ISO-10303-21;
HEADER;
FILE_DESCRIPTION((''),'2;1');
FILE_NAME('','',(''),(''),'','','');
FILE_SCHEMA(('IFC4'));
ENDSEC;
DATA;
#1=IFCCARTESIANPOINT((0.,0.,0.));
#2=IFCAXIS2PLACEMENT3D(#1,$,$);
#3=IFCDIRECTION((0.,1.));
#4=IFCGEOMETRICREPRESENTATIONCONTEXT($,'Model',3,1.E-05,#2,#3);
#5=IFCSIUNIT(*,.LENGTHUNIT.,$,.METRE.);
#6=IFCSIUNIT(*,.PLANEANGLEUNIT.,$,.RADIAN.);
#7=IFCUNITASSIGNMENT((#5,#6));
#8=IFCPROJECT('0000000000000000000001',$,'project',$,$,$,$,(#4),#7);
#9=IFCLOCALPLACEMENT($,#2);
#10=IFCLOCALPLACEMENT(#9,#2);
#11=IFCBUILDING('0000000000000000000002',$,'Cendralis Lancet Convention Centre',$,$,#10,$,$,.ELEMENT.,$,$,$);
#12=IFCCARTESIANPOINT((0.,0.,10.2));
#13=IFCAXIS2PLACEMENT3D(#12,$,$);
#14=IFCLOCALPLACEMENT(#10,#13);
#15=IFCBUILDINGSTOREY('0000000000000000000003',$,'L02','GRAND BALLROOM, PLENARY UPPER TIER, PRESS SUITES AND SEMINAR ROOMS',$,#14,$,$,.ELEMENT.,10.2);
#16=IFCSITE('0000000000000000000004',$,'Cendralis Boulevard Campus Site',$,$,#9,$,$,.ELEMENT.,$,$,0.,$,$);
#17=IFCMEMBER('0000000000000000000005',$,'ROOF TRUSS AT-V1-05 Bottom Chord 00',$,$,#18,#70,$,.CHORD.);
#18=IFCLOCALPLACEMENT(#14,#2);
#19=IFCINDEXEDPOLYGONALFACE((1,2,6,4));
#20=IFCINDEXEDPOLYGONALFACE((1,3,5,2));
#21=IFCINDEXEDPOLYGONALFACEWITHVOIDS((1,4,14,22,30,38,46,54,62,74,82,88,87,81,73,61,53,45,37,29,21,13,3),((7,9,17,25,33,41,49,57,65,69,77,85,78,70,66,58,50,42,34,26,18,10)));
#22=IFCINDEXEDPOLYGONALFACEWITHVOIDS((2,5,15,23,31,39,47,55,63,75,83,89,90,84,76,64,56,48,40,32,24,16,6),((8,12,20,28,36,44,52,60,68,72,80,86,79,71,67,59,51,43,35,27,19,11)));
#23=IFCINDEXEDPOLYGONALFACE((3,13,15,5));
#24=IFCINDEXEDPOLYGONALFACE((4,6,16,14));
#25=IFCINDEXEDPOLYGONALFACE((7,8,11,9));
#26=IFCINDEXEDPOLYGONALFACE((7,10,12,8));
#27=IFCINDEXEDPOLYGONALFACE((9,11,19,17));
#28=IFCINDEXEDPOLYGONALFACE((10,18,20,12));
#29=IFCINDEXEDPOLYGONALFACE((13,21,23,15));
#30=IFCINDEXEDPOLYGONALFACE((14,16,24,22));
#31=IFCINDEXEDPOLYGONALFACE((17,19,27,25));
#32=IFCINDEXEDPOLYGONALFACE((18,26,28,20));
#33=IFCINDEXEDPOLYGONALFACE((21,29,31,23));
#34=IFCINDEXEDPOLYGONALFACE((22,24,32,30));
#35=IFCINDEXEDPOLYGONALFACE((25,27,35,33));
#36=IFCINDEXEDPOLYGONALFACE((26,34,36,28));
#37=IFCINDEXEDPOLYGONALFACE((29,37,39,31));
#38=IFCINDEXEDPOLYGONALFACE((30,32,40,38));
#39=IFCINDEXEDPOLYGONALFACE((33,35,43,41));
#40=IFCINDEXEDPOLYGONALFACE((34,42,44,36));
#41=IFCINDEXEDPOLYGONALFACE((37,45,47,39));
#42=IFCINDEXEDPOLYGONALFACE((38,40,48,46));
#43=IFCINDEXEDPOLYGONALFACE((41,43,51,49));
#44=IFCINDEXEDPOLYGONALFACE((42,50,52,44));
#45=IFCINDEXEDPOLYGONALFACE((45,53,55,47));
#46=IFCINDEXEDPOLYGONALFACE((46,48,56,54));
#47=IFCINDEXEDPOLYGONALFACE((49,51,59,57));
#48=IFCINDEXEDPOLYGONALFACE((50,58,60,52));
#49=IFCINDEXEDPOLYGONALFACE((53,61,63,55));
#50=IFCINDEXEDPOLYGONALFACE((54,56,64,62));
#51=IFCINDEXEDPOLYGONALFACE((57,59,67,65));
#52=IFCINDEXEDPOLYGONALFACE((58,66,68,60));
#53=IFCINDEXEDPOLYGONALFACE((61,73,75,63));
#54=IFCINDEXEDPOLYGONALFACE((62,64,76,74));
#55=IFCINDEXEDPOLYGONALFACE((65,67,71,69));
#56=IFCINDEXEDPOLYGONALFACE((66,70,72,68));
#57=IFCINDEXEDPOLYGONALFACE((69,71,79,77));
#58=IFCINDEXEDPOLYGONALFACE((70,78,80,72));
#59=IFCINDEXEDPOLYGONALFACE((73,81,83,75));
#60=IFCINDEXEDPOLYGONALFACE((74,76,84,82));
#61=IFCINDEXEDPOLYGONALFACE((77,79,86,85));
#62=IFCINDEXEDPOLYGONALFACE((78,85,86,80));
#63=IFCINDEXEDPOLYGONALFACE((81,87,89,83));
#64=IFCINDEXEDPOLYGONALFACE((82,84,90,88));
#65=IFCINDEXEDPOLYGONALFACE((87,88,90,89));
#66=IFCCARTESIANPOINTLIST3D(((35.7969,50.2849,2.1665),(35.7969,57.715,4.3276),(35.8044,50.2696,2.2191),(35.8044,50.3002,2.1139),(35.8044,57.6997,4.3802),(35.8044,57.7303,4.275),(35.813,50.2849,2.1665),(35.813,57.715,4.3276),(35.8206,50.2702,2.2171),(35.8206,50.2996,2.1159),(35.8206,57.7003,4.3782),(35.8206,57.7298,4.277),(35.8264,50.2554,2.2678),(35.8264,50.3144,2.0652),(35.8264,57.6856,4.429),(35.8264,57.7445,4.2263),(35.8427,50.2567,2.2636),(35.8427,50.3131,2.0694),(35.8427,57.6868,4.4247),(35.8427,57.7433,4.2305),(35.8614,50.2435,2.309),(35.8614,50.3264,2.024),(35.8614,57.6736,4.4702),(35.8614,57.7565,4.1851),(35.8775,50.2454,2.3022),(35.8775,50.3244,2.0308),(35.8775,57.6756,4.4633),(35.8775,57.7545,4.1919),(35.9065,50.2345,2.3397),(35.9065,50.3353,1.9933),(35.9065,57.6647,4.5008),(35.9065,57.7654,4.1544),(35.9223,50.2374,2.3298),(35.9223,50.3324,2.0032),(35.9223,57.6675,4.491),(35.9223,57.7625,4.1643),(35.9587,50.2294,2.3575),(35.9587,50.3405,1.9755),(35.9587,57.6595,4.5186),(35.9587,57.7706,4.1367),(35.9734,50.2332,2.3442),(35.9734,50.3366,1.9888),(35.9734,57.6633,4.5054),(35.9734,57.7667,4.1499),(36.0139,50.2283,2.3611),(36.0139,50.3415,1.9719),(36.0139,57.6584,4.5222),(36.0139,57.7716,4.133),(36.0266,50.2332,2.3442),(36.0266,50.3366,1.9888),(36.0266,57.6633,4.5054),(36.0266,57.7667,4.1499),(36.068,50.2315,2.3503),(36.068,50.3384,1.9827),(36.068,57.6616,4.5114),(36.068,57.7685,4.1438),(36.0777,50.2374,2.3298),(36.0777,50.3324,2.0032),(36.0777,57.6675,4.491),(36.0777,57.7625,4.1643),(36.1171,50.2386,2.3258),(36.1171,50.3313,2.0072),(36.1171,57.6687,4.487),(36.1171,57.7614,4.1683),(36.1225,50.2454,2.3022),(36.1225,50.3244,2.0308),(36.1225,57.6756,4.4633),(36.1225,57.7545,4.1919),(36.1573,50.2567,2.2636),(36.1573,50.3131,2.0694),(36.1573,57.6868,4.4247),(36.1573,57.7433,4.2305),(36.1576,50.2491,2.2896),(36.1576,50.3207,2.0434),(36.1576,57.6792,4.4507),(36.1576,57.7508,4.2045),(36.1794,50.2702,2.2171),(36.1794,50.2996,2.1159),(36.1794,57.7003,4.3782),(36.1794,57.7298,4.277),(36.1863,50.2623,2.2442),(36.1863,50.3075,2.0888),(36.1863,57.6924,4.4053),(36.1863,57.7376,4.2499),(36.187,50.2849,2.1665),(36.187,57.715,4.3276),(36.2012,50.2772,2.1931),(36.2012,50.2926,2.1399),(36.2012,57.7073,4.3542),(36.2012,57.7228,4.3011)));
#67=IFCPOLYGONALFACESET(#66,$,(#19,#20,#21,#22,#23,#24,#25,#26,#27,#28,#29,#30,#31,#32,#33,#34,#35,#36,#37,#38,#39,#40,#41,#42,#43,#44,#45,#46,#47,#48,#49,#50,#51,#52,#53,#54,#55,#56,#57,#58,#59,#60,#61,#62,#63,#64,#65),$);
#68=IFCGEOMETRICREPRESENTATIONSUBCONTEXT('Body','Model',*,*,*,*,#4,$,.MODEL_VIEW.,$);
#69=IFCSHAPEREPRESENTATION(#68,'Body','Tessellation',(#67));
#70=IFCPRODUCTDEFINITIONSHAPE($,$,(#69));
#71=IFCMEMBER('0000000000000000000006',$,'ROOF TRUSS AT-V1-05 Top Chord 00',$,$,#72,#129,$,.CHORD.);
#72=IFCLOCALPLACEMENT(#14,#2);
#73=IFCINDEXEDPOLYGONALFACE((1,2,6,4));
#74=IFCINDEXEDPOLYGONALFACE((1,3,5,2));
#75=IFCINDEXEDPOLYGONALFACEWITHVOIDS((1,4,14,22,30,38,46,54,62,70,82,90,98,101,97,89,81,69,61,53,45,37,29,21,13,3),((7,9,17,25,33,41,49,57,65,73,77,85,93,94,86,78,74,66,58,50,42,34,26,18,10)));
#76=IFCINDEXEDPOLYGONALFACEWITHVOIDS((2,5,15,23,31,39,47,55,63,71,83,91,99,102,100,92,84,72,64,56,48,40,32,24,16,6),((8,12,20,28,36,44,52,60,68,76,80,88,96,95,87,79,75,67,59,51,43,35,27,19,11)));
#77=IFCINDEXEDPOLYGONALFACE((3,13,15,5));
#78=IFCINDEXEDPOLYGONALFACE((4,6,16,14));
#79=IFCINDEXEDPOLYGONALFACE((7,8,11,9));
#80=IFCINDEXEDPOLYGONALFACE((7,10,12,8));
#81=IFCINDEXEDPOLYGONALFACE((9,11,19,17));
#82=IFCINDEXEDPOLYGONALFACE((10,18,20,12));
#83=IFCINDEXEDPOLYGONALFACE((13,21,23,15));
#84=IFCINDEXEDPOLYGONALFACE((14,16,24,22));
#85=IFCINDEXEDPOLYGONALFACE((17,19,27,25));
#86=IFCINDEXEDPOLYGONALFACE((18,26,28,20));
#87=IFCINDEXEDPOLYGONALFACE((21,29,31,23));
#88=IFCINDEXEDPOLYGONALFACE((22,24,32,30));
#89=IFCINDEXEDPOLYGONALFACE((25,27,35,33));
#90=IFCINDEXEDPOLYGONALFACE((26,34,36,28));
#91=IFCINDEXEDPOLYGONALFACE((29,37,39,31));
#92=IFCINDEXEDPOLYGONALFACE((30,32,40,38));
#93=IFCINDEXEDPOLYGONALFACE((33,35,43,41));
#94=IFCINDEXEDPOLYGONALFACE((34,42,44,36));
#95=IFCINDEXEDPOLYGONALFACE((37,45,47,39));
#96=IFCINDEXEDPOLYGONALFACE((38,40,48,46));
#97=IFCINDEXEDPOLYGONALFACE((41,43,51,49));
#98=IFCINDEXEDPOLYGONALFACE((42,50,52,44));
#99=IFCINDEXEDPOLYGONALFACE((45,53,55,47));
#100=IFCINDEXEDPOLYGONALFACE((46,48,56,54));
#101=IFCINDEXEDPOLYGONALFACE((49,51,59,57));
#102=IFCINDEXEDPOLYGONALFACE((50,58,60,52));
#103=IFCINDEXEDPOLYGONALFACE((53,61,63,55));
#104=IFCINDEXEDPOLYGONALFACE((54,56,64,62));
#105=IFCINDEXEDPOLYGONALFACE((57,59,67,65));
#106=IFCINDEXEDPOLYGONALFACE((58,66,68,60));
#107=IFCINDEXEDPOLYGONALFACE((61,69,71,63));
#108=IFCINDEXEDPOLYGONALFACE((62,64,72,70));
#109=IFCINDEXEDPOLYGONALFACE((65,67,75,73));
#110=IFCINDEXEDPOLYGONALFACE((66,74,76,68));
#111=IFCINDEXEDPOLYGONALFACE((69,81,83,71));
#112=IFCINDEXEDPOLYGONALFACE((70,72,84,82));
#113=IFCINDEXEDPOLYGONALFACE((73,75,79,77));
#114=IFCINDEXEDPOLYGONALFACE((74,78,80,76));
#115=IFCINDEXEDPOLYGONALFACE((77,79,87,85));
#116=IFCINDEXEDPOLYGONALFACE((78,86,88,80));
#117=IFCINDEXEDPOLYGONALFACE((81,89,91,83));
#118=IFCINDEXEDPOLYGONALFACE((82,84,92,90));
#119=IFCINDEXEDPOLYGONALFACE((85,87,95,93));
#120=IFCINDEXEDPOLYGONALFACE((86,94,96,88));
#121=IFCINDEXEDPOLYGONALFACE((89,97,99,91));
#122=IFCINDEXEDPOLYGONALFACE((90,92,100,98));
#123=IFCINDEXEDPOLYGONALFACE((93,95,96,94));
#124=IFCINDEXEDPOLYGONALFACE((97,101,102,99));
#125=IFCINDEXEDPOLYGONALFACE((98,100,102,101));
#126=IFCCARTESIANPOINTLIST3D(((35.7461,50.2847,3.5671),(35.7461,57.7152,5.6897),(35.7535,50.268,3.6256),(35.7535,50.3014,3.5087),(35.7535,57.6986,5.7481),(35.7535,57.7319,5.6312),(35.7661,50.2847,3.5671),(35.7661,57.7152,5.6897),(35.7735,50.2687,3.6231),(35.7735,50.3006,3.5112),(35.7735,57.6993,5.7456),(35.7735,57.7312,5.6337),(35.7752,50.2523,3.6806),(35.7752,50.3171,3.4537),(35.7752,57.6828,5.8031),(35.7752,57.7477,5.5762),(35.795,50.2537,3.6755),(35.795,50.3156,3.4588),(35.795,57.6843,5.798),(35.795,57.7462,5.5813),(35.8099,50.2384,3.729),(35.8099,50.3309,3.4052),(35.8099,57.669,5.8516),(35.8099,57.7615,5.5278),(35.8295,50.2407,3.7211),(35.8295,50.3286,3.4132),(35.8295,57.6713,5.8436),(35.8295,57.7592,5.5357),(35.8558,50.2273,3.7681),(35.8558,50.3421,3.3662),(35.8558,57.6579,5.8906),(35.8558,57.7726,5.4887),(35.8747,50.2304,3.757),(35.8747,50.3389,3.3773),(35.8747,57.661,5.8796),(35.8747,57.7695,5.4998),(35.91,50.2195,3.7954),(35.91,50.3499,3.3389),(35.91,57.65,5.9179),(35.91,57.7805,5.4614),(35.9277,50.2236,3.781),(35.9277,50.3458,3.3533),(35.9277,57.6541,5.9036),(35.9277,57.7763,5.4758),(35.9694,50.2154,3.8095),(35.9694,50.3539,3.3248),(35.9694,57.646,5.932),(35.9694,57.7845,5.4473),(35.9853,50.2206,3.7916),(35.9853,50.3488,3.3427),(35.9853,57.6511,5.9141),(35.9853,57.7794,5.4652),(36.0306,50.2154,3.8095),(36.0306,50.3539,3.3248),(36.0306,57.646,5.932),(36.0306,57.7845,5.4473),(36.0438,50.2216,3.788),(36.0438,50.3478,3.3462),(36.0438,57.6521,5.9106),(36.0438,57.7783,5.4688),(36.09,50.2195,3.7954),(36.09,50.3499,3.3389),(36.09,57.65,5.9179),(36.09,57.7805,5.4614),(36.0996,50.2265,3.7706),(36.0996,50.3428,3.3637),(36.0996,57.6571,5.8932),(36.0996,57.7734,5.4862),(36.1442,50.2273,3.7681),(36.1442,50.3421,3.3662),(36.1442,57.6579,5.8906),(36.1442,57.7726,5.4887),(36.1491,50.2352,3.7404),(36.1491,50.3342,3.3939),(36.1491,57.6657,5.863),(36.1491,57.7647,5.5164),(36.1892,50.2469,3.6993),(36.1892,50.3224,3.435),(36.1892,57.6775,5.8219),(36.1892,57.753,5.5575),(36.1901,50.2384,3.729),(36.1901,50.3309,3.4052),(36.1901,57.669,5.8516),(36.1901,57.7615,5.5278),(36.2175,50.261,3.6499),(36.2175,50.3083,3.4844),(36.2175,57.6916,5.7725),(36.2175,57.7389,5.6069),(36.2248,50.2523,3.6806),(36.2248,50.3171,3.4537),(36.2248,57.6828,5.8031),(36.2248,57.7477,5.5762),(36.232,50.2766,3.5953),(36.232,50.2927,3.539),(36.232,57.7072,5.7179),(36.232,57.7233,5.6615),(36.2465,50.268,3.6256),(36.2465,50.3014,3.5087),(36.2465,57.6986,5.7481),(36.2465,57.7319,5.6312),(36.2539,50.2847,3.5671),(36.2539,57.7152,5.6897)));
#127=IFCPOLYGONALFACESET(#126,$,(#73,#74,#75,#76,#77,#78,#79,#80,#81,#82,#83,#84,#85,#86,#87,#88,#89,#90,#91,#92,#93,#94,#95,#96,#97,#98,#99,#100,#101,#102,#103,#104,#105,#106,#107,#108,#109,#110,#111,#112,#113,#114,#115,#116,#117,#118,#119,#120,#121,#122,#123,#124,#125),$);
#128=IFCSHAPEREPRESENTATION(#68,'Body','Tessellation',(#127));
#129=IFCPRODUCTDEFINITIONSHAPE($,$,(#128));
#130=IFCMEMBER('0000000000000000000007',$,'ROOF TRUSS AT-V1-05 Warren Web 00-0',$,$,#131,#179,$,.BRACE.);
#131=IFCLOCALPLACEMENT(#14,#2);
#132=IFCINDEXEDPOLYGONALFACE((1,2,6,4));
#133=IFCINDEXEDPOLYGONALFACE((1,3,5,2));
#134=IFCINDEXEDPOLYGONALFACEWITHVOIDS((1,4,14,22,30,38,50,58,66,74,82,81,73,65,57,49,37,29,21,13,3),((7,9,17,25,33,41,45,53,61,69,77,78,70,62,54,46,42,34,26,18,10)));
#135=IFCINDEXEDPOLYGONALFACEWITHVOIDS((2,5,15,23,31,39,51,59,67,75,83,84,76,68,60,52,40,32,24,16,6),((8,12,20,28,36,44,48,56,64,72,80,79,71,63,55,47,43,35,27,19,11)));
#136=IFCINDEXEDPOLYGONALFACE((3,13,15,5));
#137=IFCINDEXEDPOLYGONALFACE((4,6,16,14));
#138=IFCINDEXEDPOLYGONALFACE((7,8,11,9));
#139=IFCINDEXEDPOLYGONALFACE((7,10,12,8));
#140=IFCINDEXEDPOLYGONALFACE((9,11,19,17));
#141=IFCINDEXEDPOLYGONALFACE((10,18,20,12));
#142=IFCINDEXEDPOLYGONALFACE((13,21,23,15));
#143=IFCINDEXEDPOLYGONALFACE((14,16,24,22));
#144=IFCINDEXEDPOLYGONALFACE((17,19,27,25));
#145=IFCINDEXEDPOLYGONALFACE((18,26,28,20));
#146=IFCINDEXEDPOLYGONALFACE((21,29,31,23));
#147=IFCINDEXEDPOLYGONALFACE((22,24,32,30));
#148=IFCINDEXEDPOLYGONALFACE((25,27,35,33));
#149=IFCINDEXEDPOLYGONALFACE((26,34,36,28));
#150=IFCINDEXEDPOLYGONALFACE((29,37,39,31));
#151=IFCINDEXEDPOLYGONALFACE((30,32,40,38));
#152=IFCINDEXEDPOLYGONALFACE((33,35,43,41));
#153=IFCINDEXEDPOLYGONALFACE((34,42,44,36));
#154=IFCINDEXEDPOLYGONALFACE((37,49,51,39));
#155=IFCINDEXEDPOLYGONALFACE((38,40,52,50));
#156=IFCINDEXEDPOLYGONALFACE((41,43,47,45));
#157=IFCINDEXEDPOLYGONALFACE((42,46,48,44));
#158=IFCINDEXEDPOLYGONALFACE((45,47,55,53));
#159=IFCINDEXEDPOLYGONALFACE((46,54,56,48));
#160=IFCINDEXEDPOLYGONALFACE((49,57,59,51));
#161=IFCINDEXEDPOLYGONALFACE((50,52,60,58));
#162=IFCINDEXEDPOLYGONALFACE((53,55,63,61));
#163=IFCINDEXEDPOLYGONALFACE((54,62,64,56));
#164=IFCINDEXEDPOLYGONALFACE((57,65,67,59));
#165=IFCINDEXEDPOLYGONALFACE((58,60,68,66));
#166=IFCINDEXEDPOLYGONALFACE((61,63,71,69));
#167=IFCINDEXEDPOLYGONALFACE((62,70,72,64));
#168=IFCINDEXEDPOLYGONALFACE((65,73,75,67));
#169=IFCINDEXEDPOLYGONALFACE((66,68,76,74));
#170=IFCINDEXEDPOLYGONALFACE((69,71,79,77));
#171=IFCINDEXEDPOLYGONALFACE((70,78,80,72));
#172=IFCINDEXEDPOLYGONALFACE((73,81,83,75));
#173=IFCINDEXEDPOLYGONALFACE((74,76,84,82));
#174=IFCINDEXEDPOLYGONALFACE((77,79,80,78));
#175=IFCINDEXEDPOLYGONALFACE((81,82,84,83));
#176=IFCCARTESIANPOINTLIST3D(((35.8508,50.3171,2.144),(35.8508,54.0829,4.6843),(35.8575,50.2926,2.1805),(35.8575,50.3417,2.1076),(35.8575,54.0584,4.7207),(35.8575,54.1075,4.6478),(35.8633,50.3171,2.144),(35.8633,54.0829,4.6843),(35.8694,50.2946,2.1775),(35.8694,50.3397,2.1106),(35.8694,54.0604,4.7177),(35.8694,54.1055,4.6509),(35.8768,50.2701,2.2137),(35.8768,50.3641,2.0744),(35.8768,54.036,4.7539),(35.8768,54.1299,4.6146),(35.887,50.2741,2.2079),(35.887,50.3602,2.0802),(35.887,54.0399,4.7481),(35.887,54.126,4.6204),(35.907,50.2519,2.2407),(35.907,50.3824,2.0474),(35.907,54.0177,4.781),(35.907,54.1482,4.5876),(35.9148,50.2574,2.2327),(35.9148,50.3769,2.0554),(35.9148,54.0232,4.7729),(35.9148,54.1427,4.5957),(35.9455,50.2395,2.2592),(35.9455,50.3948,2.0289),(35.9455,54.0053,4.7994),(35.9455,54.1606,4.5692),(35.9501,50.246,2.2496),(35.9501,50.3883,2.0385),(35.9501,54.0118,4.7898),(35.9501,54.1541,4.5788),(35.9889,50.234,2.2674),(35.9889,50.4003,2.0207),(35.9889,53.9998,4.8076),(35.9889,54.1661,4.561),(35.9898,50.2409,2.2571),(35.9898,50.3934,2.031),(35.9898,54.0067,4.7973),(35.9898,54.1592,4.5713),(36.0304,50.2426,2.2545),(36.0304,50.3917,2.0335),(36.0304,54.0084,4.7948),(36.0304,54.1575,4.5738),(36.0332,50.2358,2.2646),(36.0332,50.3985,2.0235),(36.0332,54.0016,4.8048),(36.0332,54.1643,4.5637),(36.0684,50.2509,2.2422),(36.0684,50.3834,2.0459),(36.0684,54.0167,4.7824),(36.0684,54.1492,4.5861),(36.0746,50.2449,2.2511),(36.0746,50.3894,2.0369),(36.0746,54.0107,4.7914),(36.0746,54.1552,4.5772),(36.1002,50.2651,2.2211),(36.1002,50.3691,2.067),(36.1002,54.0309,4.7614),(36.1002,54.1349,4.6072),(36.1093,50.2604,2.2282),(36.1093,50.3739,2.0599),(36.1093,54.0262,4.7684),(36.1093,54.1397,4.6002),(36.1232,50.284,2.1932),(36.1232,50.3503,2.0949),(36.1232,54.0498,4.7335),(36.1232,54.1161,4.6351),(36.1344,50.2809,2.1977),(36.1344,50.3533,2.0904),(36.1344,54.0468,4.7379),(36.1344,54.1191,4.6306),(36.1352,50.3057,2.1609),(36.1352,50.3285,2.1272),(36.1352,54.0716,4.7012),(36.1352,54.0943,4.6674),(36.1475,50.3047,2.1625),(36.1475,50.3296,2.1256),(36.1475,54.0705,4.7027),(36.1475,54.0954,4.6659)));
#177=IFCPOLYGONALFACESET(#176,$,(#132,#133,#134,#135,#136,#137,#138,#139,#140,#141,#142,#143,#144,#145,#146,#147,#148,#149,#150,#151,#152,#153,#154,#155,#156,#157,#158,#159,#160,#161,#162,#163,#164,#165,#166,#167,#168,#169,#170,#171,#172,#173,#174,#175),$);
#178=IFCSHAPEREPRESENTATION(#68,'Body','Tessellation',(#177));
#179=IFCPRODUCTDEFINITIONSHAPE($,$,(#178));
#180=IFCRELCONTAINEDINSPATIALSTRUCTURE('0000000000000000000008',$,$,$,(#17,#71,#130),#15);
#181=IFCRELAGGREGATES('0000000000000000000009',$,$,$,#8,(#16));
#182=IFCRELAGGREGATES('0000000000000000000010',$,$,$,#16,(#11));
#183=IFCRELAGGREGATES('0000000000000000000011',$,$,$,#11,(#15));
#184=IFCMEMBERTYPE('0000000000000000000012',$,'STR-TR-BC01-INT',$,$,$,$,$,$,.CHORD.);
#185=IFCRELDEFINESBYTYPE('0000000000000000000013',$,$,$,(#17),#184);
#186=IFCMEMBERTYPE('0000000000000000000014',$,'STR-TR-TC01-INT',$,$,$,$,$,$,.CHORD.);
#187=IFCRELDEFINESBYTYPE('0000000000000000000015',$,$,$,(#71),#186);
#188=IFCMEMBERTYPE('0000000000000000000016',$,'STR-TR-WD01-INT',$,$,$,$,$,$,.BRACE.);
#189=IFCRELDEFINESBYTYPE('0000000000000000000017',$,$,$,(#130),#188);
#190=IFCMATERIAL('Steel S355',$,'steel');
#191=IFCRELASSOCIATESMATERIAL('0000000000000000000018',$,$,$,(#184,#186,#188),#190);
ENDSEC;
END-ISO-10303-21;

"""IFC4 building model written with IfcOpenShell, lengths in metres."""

from ifc_helpers import new_model, si_unit, direction, frame, origin, origin_2d, place, context, subcontext, project, spatial, hollow_circle, extrude, material, material_profile, profile_set, type_object, element, save


model = new_model("IFC4")

# Units and contexts
model_context = context("Model", 3, precision=1e-05, world=origin(), true_north=direction((0.0, 1.0)))
body_context = subcontext(model_context, "Body", "Model", "MODEL_VIEW")
ifc_project = project(units=[si_unit("LENGTHUNIT", "METRE"), si_unit("PLANEANGLEUNIT", "RADIAN")], contexts=[model_context])

# Site, building, storey
site_placement = place(None, origin())
site = spatial("IfcSite", under=ifc_project, at=site_placement, Name="Cendralis Boulevard Campus Site", CompositionType="ELEMENT", RefElevation=0.0)
building_placement = place(site_placement, origin())
building = spatial("IfcBuilding", under=site, at=building_placement, Name="Cendralis Lancet Convention Centre", CompositionType="ELEMENT")
storey_placement = place(building_placement, frame((0.0, 0.0, 10.2)))
storey = spatial("IfcBuildingStorey", under=building, at=storey_placement, Name="L02", Description="GRAND BALLROOM, PLENARY UPPER TIER, PRESS SUITES AND SEMINAR ROOMS", CompositionType="ELEMENT", Elevation=10.2)

# Shared definitions
ifc_material_1 = material(Name="Steel S355", Category="steel")

# Members
ifc_material_profile_1 = material_profile(ifc_material_1, hollow_circle(Radius=0.2031, WallThickness=0.0161, at=origin_2d()), Name="CHS 406.4x16.0")
ifc_profile_set_1 = profile_set([ifc_material_profile_1], Name="Steel S355")
member_type_1 = type_object("IfcMemberType", Name="STR-TR-BC01-INT", PredefinedType="CHORD", material=ifc_profile_set_1)
member_1_placement = place(storey_placement, frame((36.0, 50.2849, 2.1665), z_axis=(0.0, 0.960208, 0.279285), x_axis=(-1.0, 0.0, 0.0)))
element("IfcMember", 1, at=member_1_placement, inside=storey, type_object=member_type_1, Name="ROOF TRUSS AT-V1-05 Bottom Chord 00", PredefinedType="CHORD", context=body_context, shape_type="SweptSolid", body=[
    extrude(hollow_circle(Radius=0.2031, WallThickness=0.0161, at=origin_2d()), origin(), (0.0, 0.0, 1.0), 7.738),
])
ifc_material_profile_2 = material_profile(ifc_material_1, hollow_circle(Radius=0.2539, WallThickness=0.02, at=origin_2d()), Name="CHS 508.0x20.0")
ifc_profile_set_2 = profile_set([ifc_material_profile_2], Name="Steel S355")
member_type_2 = type_object("IfcMemberType", Name="STR-TR-TC01-INT", PredefinedType="CHORD", material=ifc_profile_set_2)
member_2_placement = place(storey_placement, frame((36.0, 50.2847, 3.5671), z_axis=(0.0, 0.961541, 0.274663), x_axis=(-1.0, 0.0, 0.0)))
element("IfcMember", 2, at=member_2_placement, inside=storey, type_object=member_type_2, Name="ROOF TRUSS AT-V1-05 Top Chord 00", PredefinedType="CHORD", context=body_context, shape_type="SweptSolid", body=[
    extrude(hollow_circle(Radius=0.2539, WallThickness=0.02, at=origin_2d()), origin(), (0.0, 0.0, 1.0), 7.7278),
])
ifc_material_profile_3 = material_profile(ifc_material_1, hollow_circle(Radius=0.1492, WallThickness=0.0125, at=origin_2d()), Name="CHS 298.5x12.5")
ifc_profile_set_3 = profile_set([ifc_material_profile_3], Name="Steel S355")
member_type_3 = type_object("IfcMemberType", Name="STR-TR-WD01-INT", PredefinedType="BRACE", material=ifc_profile_set_3)
member_3_placement = place(storey_placement, frame((36.0, 50.3171, 2.144), z_axis=(0.0, 0.82902, 0.559219), x_axis=(-1.0, 0.0, 0.0)))
element("IfcMember", 3, at=member_3_placement, inside=storey, type_object=member_type_3, Name="ROOF TRUSS AT-V1-05 Warren Web 00-0", PredefinedType="BRACE", context=body_context, shape_type="SweptSolid", body=[
    extrude(hollow_circle(Radius=0.1492, WallThickness=0.0125, at=origin_2d()), origin(), (0.0, 0.0, 1.0), 4.5425),
])

save(model, "model.ifc")
